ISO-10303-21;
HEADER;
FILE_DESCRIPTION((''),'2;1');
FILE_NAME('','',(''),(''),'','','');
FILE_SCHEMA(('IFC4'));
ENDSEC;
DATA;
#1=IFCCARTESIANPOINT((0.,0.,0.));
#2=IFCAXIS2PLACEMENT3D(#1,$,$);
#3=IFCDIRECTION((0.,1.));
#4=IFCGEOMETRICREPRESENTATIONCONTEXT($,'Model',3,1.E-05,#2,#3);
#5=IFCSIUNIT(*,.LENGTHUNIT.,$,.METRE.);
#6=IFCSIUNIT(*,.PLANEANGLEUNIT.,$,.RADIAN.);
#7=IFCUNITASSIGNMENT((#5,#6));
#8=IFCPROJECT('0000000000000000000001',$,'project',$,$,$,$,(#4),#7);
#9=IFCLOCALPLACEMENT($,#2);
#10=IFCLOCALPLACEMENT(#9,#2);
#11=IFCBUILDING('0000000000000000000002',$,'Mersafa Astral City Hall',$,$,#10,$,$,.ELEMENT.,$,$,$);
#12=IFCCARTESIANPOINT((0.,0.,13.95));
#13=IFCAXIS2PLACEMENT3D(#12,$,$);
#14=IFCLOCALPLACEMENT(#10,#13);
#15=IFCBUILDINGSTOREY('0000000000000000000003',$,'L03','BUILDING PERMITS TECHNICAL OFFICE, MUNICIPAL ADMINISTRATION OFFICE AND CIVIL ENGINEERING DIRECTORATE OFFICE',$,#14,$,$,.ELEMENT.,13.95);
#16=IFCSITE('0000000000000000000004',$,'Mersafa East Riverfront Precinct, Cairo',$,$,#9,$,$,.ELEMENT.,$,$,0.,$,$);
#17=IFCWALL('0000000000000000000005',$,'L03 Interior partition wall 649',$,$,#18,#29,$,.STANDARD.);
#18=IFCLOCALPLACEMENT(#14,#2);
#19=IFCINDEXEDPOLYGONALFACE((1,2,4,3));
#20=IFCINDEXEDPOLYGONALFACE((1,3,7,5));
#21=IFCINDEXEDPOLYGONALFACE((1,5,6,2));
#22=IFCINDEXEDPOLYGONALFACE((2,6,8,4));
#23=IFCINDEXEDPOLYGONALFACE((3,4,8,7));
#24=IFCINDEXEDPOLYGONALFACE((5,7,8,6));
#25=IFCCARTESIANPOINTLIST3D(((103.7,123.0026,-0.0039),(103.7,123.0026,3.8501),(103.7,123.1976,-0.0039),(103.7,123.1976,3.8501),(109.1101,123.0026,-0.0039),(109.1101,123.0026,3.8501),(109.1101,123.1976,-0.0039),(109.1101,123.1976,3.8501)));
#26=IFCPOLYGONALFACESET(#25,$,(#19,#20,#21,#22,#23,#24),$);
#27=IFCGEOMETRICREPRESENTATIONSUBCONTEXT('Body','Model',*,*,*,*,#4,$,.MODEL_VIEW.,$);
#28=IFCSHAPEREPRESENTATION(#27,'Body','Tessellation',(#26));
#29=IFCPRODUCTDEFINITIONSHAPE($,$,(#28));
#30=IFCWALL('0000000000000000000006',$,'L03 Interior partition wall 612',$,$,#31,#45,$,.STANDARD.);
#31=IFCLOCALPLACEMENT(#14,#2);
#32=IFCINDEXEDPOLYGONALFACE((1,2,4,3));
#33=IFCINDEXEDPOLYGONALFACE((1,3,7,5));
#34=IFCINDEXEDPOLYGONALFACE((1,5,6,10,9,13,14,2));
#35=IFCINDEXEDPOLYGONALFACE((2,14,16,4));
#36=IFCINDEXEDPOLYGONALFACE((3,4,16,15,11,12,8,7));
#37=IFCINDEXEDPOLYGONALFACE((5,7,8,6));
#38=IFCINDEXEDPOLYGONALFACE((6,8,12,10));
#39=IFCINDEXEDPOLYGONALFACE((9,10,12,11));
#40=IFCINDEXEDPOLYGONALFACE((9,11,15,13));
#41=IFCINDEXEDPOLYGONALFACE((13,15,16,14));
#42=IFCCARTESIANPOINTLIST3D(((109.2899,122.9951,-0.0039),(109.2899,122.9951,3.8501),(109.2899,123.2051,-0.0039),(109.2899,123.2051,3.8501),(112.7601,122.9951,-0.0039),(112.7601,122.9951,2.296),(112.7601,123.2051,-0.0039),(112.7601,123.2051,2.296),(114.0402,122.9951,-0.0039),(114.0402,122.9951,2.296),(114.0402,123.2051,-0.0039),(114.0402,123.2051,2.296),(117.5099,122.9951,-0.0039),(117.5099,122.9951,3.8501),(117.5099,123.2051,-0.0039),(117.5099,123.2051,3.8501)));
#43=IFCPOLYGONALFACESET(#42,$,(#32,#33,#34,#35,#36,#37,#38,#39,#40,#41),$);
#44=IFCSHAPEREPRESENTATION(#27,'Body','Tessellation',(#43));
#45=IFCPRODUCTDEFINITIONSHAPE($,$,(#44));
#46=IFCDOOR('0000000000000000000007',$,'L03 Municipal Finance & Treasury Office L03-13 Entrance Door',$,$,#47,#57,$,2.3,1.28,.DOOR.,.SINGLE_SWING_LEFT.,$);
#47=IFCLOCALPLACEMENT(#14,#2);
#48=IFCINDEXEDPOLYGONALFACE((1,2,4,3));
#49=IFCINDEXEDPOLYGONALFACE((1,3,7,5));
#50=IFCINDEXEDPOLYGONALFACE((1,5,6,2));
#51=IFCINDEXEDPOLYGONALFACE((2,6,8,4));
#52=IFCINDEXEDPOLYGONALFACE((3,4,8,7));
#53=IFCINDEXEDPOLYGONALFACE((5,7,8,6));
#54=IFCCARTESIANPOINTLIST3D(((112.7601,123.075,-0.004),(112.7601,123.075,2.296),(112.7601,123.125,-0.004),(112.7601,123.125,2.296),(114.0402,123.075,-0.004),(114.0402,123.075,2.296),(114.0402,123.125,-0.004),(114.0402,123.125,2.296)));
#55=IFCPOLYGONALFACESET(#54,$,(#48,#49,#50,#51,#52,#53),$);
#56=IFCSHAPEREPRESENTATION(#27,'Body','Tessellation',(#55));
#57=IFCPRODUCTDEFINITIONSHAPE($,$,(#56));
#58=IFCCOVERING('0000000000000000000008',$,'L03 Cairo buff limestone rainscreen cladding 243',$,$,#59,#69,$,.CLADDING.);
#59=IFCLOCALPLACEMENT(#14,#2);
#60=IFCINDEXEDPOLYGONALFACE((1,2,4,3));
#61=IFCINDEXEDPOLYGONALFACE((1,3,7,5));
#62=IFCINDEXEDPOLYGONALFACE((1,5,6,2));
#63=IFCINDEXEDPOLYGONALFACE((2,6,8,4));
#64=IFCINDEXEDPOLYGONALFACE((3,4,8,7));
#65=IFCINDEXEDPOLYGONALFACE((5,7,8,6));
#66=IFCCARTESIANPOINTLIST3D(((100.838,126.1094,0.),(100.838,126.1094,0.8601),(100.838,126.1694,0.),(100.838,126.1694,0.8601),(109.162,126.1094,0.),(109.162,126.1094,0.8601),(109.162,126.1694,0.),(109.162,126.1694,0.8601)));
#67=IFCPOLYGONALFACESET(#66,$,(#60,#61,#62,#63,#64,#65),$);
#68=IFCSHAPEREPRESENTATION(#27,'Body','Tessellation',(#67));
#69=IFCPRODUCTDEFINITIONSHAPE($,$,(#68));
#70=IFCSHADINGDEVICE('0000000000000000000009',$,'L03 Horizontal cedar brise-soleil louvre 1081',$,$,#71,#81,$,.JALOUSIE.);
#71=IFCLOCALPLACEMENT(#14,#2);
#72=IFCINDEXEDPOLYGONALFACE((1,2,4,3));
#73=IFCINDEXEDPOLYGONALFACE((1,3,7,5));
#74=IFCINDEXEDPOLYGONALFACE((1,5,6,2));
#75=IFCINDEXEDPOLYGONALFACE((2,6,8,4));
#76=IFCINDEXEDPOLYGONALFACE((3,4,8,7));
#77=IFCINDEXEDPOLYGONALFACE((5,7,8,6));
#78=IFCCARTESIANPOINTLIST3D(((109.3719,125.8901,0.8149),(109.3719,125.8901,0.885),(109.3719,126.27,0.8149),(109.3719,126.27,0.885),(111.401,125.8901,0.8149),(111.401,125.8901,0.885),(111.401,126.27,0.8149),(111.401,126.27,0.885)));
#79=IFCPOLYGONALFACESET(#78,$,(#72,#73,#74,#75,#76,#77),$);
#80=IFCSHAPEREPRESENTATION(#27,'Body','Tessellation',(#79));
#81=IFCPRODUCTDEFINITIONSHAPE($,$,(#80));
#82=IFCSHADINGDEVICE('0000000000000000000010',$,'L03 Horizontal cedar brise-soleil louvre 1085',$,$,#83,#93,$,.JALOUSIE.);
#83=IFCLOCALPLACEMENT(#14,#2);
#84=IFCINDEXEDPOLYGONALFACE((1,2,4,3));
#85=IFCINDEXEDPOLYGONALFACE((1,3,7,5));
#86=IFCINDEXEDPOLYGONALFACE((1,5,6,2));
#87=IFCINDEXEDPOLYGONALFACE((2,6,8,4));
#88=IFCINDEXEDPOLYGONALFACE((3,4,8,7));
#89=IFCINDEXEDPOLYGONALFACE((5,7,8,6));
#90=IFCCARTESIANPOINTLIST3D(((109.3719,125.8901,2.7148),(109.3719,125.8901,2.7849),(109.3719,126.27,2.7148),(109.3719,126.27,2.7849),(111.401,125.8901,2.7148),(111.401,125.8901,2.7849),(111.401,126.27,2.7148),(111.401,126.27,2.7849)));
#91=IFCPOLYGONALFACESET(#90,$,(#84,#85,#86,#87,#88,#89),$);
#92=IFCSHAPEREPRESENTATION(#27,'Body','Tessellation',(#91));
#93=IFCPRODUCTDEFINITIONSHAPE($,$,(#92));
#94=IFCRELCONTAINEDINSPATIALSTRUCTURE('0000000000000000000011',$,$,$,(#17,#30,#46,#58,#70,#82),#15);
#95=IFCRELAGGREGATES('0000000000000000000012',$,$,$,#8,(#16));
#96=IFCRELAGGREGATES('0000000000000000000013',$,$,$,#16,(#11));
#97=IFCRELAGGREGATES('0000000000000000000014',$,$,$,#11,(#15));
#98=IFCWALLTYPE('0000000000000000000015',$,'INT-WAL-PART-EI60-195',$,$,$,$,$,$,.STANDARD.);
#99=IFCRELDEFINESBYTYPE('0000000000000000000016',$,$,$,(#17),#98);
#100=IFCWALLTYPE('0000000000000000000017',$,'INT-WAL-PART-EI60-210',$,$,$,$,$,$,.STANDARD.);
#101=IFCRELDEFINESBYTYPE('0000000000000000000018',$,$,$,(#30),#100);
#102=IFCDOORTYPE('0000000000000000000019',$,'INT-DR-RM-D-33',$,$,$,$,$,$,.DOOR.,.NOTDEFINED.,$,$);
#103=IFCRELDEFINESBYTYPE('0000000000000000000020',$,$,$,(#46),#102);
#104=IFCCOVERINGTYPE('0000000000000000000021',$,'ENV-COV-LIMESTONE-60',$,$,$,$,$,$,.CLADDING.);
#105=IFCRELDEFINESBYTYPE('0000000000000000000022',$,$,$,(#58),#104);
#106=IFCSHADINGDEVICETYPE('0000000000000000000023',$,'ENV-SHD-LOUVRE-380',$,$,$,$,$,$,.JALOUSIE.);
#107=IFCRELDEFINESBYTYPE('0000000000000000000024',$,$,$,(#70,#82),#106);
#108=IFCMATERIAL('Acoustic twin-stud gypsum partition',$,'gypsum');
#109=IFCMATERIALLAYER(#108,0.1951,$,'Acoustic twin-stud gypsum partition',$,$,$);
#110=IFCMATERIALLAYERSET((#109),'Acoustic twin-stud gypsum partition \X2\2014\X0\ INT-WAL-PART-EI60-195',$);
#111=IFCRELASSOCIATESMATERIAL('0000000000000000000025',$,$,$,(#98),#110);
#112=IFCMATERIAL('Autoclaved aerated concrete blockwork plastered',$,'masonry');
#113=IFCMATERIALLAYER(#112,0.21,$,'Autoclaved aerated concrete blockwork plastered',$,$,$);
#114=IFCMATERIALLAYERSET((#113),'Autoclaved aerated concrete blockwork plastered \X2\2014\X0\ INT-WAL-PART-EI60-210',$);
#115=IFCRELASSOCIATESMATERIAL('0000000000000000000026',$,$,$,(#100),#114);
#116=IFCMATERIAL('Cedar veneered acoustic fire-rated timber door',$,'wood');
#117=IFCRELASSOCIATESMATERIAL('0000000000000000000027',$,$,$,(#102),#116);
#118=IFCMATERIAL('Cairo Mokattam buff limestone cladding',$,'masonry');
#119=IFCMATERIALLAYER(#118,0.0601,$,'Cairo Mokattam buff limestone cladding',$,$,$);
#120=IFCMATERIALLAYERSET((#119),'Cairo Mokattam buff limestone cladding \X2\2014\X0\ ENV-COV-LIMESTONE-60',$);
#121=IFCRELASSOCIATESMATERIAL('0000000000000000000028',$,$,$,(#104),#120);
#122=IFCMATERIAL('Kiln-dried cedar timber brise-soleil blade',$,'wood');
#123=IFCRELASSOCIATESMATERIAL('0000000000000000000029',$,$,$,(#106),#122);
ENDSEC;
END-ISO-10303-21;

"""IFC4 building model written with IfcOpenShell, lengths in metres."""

from ifc_helpers import new_model, si_unit, direction, frame, frame_2d, origin, origin_2d, place, context, subcontext, project, spatial, rectangle, extrude, material, layer, layer_set, type_object, element, fill, save


model = new_model("IFC4")

# Units and contexts
model_context = context("Model", 3, precision=1e-05, world=origin(), true_north=direction((0.0, 1.0)))
body_context = subcontext(model_context, "Body", "Model", "MODEL_VIEW")
ifc_project = project(units=[si_unit("LENGTHUNIT", "METRE"), si_unit("PLANEANGLEUNIT", "RADIAN")], contexts=[model_context])

# Site, building, storey
site_placement = place(None, origin())
site = spatial("IfcSite", under=ifc_project, at=site_placement, Name="Mersafa East Riverfront Precinct, Cairo", CompositionType="ELEMENT", RefElevation=0.0)
building_placement = place(site_placement, origin())
building = spatial("IfcBuilding", under=site, at=building_placement, Name="Mersafa Astral City Hall", CompositionType="ELEMENT")
storey_placement = place(building_placement, frame((0.0, 0.0, 13.95)))
storey = spatial("IfcBuildingStorey", under=building, at=storey_placement, Name="L03", Description="BUILDING PERMITS TECHNICAL OFFICE, MUNICIPAL ADMINISTRATION OFFICE AND CIVIL ENGINEERING DIRECTORATE OFFICE", CompositionType="ELEMENT", Elevation=13.95)

# Shared definitions
ifc_material_1 = material(Name="Acoustic twin-stud gypsum partition", Category="gypsum")

# Shared definitions
ifc_material_2 = material(Name="Cedar veneered acoustic fire-rated timber door", Category="wood")

# Wall
ifc_layer_1 = layer(ifc_material_1, 0.1951, Name="Acoustic twin-stud gypsum partition")
ifc_layer_set_1 = layer_set([ifc_layer_1], Name="Acoustic twin-stud gypsum partition — INT-WAL-PART-EI60-195")
wall_type_1 = type_object("IfcWallType", Name="INT-WAL-PART-EI60-195", PredefinedType="STANDARD", material=ifc_layer_set_1)
wall_1_placement = place(storey_placement, frame((103.7, 123.1001, -0.0039), z_axis=(0.0, 0.0, 1.0), x_axis=(1.0, 0.0, 0.0)))
element("IfcWall", 1, at=wall_1_placement, inside=storey, type_object=wall_type_1, Name="L03 Interior partition wall 649", PredefinedType="STANDARD", context=body_context, shape_type="SweptSolid", body=[
    extrude(rectangle(XDim=5.4102, YDim=0.1951, at=frame_2d((2.7051, 0.0))), origin(), (0.0, 0.0, 1.0), 3.854),
])

# Wall, opening, door
ifc_material_3 = material(Name="Autoclaved aerated concrete blockwork plastered", Category="masonry")
ifc_layer_2 = layer(ifc_material_3, 0.21, Name="Autoclaved aerated concrete blockwork plastered")
ifc_layer_set_2 = layer_set([ifc_layer_2], Name="Autoclaved aerated concrete blockwork plastered — INT-WAL-PART-EI60-210")
wall_type_2 = type_object("IfcWallType", Name="INT-WAL-PART-EI60-210", PredefinedType="STANDARD", material=ifc_layer_set_2)
wall_2_placement = place(storey_placement, frame((109.29, 123.1001, -0.0039), z_axis=(0.0, 0.0, 1.0), x_axis=(1.0, 0.0, 0.0)))
wall_2 = element("IfcWall", 2, at=wall_2_placement, inside=storey, type_object=wall_type_2, Name="L03 Interior partition wall 612", PredefinedType="STANDARD", context=body_context, shape_type="SweptSolid", body=[
    extrude(rectangle(XDim=8.22, YDim=0.21, at=frame_2d((4.1099, 0.0))), origin(), (0.0, 0.0, 1.0), 3.854),
])
opening_1_placement = place(wall_2_placement, frame((3.47, 0.0, 0.0)))
opening_1 = element("IfcOpeningElement", 3, at=opening_1_placement, cuts=wall_2, PredefinedType="OPENING", context=body_context, shape_type="SweptSolid", body=[
    extrude(rectangle(XDim=1.28, YDim=2.3, at=frame_2d((0.6401, 1.1499))), frame((0.0, 0.115, 0.0), z_axis=(0.0, -1.0, 0.0), x_axis=(1.0, 0.0, 0.0)), (0.0, 0.0, 1.0), 0.23),
])
door_type_1 = type_object("IfcDoorType", Name="INT-DR-RM-D-33", OperationType="NOTDEFINED", PredefinedType="DOOR", material=ifc_material_2)
door_1_placement = place(opening_1_placement, origin())
door_1 = element("IfcDoor", 4, at=door_1_placement, inside=storey, type_object=door_type_1, Name="L03 Municipal Finance & Treasury Office L03-13 Entrance Door", OperationType="SINGLE_SWING_LEFT", OverallHeight=2.3, OverallWidth=1.28, PredefinedType="DOOR", context=body_context, shape_type="SweptSolid", body=[
    extrude(rectangle(XDim=1.28, YDim=2.3, at=frame_2d((0.6401, 1.1499))), frame((0.0, 0.0249, 0.0), z_axis=(0.0, -1.0, 0.0), x_axis=(1.0, 0.0, 0.0)), (0.0, 0.0, 1.0), 0.05),
])
fill(opening_1, door_1)

# Covering
ifc_material_4 = material(Name="Cairo Mokattam buff limestone cladding", Category="masonry")
ifc_layer_3 = layer(ifc_material_4, 0.0601, Name="Cairo Mokattam buff limestone cladding")
ifc_layer_set_3 = layer_set([ifc_layer_3], Name="Cairo Mokattam buff limestone cladding — ENV-COV-LIMESTONE-60")
covering_type = type_object("IfcCoveringType", Name="ENV-COV-LIMESTONE-60", PredefinedType="CLADDING", material=ifc_layer_set_3)
covering_placement = place(storey_placement, frame((105.0, 126.1394, 0.0), z_axis=(0.0, 0.0, 1.0), x_axis=(-1.0, 0.0, 0.0)))
element("IfcCovering", 5, at=covering_placement, inside=storey, type_object=covering_type, Name="L03 Cairo buff limestone rainscreen cladding 243", PredefinedType="CLADDING", context=body_context, shape_type="SweptSolid", body=[
    extrude(rectangle(XDim=8.324, YDim=0.0601, at=origin_2d()), origin(), (0.0, 0.0, 1.0), 0.8601),
])

# Shading devices
ifc_material_5 = material(Name="Kiln-dried cedar timber brise-soleil blade", Category="wood")
shading_device_type = type_object("IfcShadingDeviceType", Name="ENV-SHD-LOUVRE-380", PredefinedType="JALOUSIE", material=ifc_material_5)
for number, where, z_axis, x_axis, name in (
    (6, (110.3865, 126.0801, 0.8149), (0.0, 0.0, 1.0), (-1.0, 0.0, 0.0), "L03 Horizontal cedar brise-soleil louvre 1081"),
    (7, (110.3865, 126.0801, 2.7148), (0.0, 0.0, 1.0), (-1.0, 0.0, 0.0), "L03 Horizontal cedar brise-soleil louvre 1085"),
):
    element("IfcShadingDevice", number, at=place(storey_placement, frame(where, z_axis=z_axis, x_axis=x_axis)), inside=storey, type_object=shading_device_type, Name=name, PredefinedType="JALOUSIE", context=body_context, shape_type="SweptSolid", body=[
        extrude(rectangle(XDim=2.0291, YDim=0.3799, at=origin_2d()), origin(), (0.0, 0.0, 1.0), 0.0701),
    ])

save(model, "model.ifc")
